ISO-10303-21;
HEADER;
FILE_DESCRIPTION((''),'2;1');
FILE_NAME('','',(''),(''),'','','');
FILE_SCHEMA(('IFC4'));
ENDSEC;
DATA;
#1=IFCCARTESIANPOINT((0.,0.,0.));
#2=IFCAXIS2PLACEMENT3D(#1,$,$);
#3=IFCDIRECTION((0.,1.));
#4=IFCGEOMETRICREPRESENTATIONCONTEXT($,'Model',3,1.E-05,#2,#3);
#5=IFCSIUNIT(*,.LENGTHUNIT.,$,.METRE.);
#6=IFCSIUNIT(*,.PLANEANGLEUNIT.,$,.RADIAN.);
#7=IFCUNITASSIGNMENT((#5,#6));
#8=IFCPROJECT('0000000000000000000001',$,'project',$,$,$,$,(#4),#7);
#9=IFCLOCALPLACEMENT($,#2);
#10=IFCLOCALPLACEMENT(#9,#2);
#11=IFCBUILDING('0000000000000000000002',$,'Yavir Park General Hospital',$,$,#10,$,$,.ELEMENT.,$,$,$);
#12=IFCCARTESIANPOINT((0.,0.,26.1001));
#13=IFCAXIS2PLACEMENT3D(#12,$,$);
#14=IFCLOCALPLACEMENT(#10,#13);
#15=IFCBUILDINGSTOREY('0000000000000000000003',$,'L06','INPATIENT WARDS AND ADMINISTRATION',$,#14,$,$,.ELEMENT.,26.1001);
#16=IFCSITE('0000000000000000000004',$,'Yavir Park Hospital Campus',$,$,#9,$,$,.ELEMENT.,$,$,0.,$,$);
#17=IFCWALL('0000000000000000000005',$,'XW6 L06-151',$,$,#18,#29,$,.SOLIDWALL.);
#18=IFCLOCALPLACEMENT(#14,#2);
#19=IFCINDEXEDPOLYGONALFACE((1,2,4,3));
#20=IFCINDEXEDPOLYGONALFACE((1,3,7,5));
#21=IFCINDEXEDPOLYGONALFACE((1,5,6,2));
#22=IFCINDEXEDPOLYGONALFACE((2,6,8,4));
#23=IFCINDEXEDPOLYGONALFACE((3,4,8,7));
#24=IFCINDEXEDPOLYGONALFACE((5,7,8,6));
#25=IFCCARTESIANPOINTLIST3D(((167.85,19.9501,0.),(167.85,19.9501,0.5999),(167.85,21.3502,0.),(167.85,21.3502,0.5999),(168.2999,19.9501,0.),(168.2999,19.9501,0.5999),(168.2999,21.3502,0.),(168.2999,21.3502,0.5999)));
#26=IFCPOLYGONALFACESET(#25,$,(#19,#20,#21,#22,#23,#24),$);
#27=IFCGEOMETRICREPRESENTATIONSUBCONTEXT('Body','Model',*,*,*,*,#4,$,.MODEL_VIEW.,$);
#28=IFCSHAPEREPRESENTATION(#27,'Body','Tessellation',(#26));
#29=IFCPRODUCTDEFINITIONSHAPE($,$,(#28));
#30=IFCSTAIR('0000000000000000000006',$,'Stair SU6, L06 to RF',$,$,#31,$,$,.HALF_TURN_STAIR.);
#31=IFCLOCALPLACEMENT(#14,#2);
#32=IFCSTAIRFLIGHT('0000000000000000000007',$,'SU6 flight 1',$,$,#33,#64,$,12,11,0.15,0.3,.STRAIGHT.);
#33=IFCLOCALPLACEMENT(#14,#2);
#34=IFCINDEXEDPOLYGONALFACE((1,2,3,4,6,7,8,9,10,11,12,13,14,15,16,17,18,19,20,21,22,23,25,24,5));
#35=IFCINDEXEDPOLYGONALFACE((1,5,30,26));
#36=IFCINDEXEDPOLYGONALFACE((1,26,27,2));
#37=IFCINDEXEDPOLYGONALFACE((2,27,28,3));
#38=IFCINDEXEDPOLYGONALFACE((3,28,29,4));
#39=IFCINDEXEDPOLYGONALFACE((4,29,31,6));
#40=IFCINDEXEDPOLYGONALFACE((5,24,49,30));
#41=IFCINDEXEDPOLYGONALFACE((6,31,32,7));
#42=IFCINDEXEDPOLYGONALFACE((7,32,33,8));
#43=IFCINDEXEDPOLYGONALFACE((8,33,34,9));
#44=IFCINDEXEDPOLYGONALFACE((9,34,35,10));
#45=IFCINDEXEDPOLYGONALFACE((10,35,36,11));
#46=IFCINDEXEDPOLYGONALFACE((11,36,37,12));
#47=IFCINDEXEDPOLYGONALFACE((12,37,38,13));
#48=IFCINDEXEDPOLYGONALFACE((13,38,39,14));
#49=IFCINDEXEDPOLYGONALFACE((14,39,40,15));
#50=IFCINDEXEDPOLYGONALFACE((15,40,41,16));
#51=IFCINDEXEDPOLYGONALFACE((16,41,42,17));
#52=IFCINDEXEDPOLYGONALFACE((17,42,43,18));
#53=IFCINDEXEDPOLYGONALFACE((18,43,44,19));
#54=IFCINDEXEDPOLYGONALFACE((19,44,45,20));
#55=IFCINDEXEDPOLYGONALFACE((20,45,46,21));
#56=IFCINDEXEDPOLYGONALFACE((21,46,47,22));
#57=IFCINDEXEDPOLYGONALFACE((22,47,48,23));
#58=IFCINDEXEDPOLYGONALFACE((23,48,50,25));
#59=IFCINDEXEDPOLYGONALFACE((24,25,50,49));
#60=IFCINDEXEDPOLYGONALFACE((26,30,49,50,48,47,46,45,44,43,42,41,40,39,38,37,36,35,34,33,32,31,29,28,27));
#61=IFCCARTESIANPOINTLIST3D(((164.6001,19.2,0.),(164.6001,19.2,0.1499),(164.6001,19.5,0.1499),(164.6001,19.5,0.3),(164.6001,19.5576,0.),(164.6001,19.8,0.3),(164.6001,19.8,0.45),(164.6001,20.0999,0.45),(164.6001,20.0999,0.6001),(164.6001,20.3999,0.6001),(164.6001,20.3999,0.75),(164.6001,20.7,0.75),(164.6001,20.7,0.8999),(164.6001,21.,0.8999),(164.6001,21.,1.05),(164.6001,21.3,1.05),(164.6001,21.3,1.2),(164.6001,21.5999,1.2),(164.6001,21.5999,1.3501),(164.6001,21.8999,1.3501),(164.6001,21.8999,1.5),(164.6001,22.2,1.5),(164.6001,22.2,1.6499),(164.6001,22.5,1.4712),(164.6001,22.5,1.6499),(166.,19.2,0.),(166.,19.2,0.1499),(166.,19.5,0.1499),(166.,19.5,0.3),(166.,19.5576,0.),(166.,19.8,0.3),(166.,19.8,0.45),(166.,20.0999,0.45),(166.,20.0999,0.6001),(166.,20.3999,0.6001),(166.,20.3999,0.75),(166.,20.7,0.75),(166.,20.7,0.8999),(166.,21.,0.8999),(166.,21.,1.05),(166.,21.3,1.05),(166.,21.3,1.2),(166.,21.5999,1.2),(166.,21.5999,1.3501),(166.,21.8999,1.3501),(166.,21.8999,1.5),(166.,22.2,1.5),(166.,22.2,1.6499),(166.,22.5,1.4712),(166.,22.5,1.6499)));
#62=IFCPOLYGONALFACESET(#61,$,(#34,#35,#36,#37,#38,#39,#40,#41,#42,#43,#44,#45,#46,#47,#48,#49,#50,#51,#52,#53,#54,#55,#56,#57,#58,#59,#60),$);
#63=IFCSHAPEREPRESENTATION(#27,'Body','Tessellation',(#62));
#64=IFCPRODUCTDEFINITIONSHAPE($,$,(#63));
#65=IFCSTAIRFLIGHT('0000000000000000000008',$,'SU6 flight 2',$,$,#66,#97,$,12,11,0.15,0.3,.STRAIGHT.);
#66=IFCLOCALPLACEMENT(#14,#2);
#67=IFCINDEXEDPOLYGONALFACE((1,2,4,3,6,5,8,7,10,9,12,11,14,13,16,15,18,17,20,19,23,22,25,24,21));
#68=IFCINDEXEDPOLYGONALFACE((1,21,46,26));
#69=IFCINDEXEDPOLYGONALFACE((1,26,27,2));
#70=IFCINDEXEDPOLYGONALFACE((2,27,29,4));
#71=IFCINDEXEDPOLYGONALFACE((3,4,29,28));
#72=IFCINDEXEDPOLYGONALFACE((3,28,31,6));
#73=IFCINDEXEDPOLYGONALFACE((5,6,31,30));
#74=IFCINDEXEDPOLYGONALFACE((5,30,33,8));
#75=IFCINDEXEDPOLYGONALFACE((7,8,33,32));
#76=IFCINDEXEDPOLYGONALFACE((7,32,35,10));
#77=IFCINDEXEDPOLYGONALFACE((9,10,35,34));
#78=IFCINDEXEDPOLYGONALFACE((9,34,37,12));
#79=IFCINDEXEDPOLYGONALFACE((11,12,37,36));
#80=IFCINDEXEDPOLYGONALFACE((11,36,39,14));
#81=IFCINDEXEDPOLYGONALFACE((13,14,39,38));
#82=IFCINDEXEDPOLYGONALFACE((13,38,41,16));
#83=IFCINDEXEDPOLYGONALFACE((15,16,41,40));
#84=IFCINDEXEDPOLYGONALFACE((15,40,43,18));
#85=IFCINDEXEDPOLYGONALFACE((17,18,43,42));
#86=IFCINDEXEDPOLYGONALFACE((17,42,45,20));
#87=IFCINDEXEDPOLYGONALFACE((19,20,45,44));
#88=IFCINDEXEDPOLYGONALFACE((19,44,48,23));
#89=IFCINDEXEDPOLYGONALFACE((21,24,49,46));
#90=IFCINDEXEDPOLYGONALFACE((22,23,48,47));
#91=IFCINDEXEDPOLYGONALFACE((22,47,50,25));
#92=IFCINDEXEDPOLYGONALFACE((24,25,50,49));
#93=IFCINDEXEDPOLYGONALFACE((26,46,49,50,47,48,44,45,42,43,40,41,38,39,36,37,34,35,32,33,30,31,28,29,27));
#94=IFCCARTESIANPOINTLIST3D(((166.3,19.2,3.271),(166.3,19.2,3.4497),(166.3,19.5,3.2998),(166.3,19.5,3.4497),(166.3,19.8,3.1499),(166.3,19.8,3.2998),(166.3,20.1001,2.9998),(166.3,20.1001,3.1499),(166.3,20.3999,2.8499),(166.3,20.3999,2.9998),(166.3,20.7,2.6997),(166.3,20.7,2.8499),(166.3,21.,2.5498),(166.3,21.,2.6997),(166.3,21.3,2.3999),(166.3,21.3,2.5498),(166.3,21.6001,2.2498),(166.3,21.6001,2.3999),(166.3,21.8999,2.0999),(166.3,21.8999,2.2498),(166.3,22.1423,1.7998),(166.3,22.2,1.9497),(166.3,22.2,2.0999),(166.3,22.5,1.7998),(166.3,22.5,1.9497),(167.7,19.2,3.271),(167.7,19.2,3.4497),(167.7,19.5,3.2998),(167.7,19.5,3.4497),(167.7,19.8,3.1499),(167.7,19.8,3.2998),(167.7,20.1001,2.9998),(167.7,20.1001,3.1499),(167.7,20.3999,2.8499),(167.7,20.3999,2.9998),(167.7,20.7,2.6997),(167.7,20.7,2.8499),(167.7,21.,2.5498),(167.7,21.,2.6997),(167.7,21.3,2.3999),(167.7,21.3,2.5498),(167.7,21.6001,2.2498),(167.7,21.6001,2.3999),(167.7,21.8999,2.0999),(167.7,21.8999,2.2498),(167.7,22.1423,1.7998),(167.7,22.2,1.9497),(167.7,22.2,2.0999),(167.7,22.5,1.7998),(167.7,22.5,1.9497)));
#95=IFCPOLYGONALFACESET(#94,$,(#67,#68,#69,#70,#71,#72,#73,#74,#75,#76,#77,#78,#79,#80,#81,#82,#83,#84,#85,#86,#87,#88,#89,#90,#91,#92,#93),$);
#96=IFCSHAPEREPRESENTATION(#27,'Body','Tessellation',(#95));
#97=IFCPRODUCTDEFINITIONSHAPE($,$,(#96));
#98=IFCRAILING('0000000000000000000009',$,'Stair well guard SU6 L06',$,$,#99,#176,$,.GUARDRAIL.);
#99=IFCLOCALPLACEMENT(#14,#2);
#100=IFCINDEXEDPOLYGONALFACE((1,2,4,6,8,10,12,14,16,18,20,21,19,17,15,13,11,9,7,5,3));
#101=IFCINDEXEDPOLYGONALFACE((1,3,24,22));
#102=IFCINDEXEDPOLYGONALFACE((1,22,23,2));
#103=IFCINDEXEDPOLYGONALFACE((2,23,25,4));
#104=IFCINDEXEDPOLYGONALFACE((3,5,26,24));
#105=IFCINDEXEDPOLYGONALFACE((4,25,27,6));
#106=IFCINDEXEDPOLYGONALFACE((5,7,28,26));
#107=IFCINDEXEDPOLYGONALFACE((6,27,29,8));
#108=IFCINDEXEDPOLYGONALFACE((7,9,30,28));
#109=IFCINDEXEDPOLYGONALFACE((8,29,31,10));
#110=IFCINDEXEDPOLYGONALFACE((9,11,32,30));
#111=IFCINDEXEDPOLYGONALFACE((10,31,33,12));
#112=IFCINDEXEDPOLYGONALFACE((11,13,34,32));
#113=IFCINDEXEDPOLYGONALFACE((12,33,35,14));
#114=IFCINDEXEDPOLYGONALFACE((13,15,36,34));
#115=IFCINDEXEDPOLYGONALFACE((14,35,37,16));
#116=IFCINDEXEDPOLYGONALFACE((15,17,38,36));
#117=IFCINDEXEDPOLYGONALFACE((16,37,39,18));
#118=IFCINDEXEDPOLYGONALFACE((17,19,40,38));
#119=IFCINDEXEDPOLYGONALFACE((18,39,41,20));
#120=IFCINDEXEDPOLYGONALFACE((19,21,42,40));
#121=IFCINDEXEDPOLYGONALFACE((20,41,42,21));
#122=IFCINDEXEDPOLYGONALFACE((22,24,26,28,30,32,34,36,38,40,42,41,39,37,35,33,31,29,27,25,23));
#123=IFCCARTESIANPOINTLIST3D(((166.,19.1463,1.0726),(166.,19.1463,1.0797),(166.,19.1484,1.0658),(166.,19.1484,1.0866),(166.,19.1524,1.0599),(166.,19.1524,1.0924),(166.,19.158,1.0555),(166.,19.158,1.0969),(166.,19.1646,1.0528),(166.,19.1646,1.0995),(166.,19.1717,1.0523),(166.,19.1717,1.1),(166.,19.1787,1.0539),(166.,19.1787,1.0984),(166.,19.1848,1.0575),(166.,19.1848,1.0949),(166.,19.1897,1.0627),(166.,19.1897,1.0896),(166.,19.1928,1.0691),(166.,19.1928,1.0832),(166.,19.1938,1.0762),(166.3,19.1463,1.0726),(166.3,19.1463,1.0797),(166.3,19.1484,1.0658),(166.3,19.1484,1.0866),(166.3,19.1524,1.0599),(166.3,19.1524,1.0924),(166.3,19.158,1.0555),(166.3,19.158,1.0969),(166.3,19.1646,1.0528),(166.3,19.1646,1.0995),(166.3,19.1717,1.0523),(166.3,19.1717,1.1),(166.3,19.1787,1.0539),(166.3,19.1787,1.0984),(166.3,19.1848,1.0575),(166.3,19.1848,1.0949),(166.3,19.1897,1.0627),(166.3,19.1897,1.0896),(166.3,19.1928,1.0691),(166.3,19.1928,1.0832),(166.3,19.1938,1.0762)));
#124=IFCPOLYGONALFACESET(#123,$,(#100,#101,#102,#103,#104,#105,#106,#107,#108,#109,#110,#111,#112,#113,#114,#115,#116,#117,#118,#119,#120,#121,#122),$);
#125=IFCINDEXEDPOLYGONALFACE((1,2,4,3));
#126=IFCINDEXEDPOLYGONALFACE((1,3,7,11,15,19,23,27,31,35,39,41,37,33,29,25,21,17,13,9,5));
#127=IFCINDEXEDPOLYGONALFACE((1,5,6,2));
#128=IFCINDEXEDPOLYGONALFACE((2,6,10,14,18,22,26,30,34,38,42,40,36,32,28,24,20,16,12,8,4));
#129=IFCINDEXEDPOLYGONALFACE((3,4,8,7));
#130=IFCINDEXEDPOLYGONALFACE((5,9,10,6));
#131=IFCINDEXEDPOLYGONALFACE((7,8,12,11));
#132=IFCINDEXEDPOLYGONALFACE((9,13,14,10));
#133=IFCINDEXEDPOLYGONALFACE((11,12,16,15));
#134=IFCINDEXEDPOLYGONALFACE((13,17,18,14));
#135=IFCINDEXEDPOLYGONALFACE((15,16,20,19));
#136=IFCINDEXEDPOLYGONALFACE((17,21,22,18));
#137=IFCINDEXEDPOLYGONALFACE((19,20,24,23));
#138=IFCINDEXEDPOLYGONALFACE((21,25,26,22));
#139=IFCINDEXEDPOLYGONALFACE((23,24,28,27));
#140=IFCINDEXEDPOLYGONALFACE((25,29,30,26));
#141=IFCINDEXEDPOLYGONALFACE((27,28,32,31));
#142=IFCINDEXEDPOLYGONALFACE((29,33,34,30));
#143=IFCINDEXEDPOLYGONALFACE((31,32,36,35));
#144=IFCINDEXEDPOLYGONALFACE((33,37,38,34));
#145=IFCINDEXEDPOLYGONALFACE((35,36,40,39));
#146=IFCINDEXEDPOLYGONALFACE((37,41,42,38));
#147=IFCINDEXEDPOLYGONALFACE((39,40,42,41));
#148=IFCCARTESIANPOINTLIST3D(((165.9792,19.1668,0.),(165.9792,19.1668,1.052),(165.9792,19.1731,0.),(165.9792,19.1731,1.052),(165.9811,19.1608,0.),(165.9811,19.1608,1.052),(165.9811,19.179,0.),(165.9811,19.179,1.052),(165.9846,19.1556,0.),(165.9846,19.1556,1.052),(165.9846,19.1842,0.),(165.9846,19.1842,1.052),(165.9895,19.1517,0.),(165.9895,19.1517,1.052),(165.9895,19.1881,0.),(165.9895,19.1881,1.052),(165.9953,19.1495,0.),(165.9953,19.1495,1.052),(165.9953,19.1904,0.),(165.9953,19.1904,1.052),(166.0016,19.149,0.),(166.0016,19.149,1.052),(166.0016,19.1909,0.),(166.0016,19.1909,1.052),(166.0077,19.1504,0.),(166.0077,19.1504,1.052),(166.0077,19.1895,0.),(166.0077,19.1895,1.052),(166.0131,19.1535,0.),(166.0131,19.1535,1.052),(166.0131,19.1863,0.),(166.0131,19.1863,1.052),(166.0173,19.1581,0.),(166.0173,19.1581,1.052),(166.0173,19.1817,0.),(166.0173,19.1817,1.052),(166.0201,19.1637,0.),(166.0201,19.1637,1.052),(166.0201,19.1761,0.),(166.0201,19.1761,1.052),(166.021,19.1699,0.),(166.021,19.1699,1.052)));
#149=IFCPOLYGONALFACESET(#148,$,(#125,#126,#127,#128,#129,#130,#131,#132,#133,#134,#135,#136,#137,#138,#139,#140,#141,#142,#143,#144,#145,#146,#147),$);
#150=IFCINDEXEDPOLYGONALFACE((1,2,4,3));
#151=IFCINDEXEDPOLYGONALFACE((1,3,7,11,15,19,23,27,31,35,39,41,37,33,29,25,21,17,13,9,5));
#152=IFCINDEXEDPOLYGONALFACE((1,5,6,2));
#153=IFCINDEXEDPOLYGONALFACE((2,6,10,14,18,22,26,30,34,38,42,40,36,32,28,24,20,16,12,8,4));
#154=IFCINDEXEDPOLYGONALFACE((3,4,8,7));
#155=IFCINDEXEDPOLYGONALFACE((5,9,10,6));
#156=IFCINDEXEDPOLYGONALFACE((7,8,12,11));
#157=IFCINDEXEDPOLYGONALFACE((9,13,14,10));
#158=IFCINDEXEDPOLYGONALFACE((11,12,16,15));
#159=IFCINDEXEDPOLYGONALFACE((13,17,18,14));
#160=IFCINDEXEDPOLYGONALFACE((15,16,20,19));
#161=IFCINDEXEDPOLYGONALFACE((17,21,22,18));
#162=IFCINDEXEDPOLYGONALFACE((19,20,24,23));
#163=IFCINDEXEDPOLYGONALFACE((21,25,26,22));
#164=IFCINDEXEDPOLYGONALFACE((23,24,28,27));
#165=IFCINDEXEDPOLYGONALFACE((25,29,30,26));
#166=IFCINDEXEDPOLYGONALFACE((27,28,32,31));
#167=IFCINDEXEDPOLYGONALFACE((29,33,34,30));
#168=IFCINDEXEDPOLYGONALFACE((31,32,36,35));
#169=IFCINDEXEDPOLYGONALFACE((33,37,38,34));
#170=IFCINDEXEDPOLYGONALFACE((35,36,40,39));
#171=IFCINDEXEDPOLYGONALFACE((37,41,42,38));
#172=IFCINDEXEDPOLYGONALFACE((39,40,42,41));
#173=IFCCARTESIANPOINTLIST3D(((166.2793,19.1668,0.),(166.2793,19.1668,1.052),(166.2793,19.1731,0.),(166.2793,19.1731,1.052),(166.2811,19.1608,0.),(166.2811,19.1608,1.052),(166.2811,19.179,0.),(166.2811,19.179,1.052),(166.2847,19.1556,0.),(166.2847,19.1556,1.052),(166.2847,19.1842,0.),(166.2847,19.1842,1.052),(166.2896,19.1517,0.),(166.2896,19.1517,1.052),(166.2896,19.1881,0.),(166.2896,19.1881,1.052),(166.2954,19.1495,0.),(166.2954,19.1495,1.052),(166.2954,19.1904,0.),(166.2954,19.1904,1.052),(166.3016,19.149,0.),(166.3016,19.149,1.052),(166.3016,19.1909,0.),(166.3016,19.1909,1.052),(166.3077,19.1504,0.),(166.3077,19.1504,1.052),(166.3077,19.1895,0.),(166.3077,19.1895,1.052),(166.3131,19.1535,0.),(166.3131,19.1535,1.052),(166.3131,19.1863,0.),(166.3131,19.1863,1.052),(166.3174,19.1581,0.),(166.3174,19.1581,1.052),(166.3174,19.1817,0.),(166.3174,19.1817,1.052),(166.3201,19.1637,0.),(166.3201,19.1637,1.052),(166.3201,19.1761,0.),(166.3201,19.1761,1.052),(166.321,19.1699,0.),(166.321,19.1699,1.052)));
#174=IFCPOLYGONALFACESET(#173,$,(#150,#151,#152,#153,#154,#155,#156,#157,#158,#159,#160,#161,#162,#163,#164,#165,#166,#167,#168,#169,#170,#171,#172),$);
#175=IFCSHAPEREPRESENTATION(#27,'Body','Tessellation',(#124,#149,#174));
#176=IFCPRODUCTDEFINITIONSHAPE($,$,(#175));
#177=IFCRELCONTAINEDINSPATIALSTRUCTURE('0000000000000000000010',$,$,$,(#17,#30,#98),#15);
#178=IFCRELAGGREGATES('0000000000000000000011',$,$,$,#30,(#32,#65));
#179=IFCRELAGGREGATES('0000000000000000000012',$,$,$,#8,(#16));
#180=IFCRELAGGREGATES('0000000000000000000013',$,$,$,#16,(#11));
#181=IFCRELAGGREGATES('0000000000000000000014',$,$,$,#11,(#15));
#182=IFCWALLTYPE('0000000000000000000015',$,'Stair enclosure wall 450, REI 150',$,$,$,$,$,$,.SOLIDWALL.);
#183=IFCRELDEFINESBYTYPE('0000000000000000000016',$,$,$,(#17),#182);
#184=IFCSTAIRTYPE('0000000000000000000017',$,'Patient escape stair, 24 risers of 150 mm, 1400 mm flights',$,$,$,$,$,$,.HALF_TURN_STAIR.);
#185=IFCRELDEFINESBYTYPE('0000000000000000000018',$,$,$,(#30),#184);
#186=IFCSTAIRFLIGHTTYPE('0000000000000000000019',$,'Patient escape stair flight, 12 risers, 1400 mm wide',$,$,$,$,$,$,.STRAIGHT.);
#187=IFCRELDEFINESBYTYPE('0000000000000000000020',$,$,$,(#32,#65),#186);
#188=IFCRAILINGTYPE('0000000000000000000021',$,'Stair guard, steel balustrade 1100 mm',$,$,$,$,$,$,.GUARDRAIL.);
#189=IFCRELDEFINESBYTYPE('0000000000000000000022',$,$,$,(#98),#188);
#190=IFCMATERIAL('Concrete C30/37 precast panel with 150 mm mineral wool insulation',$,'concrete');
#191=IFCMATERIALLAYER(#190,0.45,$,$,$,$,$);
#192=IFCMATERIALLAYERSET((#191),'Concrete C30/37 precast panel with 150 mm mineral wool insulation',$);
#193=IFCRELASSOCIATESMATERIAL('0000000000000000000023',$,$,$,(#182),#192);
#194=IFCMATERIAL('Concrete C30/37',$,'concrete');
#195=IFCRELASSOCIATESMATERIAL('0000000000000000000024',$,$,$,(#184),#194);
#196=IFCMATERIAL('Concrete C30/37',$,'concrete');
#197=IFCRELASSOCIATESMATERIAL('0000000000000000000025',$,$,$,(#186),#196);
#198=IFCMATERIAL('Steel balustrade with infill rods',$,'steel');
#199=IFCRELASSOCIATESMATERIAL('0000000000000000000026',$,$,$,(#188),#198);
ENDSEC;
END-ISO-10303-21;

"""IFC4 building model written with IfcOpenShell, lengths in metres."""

from ifc_helpers import new_model, si_unit, direction, frame, frame_2d, origin, origin_2d, place, context, subcontext, project, spatial, polyline, rectangle, circle, outline, extrude, material, layer, layer_set, type_object, element, aggregate, save


model = new_model("IFC4")

# Units and contexts
model_context = context("Model", 3, precision=1e-05, world=origin(), true_north=direction((0.0, 1.0)))
body_context = subcontext(model_context, "Body", "Model", "MODEL_VIEW")
ifc_project = project(units=[si_unit("LENGTHUNIT", "METRE"), si_unit("PLANEANGLEUNIT", "RADIAN")], contexts=[model_context])

# Site, building, storey
site_placement = place(None, origin())
site = spatial("IfcSite", under=ifc_project, at=site_placement, Name="Yavir Park Hospital Campus", CompositionType="ELEMENT", RefElevation=0.0)
building_placement = place(site_placement, origin())
building = spatial("IfcBuilding", under=site, at=building_placement, Name="Yavir Park General Hospital", CompositionType="ELEMENT")
storey_placement = place(building_placement, frame((0.0, 0.0, 26.1001)))
storey = spatial("IfcBuildingStorey", under=building, at=storey_placement, Name="L06", Description="INPATIENT WARDS AND ADMINISTRATION", CompositionType="ELEMENT", Elevation=26.1001)

# Wall
ifc_material_1 = material(Name="Concrete C30/37 precast panel with 150 mm mineral wool insulation", Category="concrete")
ifc_layer_1 = layer(ifc_material_1, 0.45)
ifc_layer_set_1 = layer_set([ifc_layer_1], Name="Concrete C30/37 precast panel with 150 mm mineral wool insulation")
wall_type_1 = type_object("IfcWallType", Name="Stair enclosure wall 450, REI 150", PredefinedType="SOLIDWALL", material=ifc_layer_set_1)
wall_1_placement = place(storey_placement, frame((168.075, 19.95, 0.0), z_axis=(0.0, 0.0, 1.0), x_axis=(0.0, 1.0, 0.0)))
element("IfcWall", 1, at=wall_1_placement, inside=storey, type_object=wall_type_1, Name="XW6 L06-151", PredefinedType="SOLIDWALL", context=body_context, shape_type="SweptSolid", body=[
    extrude(rectangle(XDim=1.4001, YDim=0.45, at=frame_2d((0.7002, 0.0))), origin(), (0.0, 0.0, 1.0), 0.5999),
])

# Stair, stair flights
ifc_material_2 = material(Name="Concrete C30/37", Category="concrete")
stair_type = type_object("IfcStairType", Name="Patient escape stair, 24 risers of 150 mm, 1400 mm flights", PredefinedType="HALF_TURN_STAIR", material=ifc_material_2)
stair_placement = place(storey_placement, origin())
stair = element("IfcStair", 2, at=stair_placement, inside=storey, type_object=stair_type, Name="Stair SU6, L06 to RF", PredefinedType="HALF_TURN_STAIR")
ifc_material_3 = material(Name="Concrete C30/37", Category="concrete")
stair_flight_type = type_object("IfcStairFlightType", Name="Patient escape stair flight, 12 risers, 1400 mm wide", PredefinedType="STRAIGHT", material=ifc_material_3)
stair_flight_1_placement = place(storey_placement, frame((165.3, 19.2, 0.0), z_axis=(0.0, 0.0, 1.0), x_axis=(0.0, 1.0, 0.0)))
stair_flight_1 = element("IfcStairFlight", 3, at=stair_flight_1_placement, type_object=stair_flight_type, Name="SU6 flight 1", NumberOfRisers=12, NumberOfTreads=11, PredefinedType="STRAIGHT", RiserHeight=0.15, TreadLength=0.3, context=body_context, shape_type="SweptSolid", body=[
    extrude(outline(polyline([(0.0, 0.0), (0.0, 0.1499), (0.3, 0.1499), (0.3, 0.3), (0.6001, 0.3), (0.6001, 0.45), (0.8999, 0.45), (0.8999, 0.6001), (1.2, 0.6001), (1.2, 0.75), (1.5, 0.75), (1.5, 0.8999), (1.8, 0.8999), (1.8, 1.05), (2.1001, 1.05), (2.1001, 1.2), (2.3999, 1.2), (2.3999, 1.3501), (2.7, 1.3501), (2.7, 1.5), (3.0, 1.5), (3.0, 1.6499), (3.3, 1.6499), (3.3, 1.8), (3.3, 1.4712), (0.3577, 0.0), (0.0, 0.0)])), frame((0.0, 0.7, 0.0), z_axis=(0.0, -1.0, 0.0), x_axis=(1.0, 0.0, 0.0)), (0.0, 0.0, 1.0), 1.3999),
])
stair_flight_2_placement = place(storey_placement, frame((167.0, 22.5, 1.7998), z_axis=(0.0, 0.0, 1.0), x_axis=(0.0, -1.0, 0.0)))
stair_flight_2 = element("IfcStairFlight", 4, at=stair_flight_2_placement, type_object=stair_flight_type, Name="SU6 flight 2", NumberOfRisers=12, NumberOfTreads=11, PredefinedType="STRAIGHT", RiserHeight=0.15, TreadLength=0.3, context=body_context, shape_type="SweptSolid", body=[
    extrude(outline(polyline([(0.0, 0.0), (0.0, 0.1499), (0.3, 0.1499), (0.3, 0.3), (0.6001, 0.3), (0.6001, 0.45), (0.8999, 0.45), (0.8999, 0.6001), (1.2, 0.6001), (1.2, 0.75), (1.5, 0.75), (1.5, 0.8999), (1.8, 0.8999), (1.8, 1.05), (2.1001, 1.05), (2.1001, 1.2), (2.3999, 1.2), (2.3999, 1.3501), (2.7, 1.3501), (2.7, 1.5), (3.0, 1.5), (3.0, 1.6499), (3.3, 1.6499), (3.3, 1.8), (3.3, 1.4712), (0.3577, 0.0), (0.0, 0.0)])), frame((0.0, 0.7, 0.0), z_axis=(0.0, -1.0, 0.0), x_axis=(1.0, 0.0, 0.0)), (0.0, 0.0, 1.0), 1.3999),
])
aggregate(stair, [stair_flight_1, stair_flight_2])

# Railing
ifc_material_4 = material(Name="Steel balustrade with infill rods", Category="steel")
railing_type_1 = type_object("IfcRailingType", Name="Stair guard, steel balustrade 1100 mm", PredefinedType="GUARDRAIL", material=ifc_material_4)
railing_placement = place(storey_placement, frame((166.0, 19.1699, 0.0)))
element("IfcRailing", 5, at=railing_placement, inside=storey, type_object=railing_type_1, Name="Stair well guard SU6 L06", PredefinedType="GUARDRAIL", context=body_context, shape_type="SweptSolid", body=[
    extrude(circle(Radius=0.0239, at=origin_2d()), frame((0.0, 0.0, 1.0762), z_axis=(1.0, 0.0, 0.0), x_axis=(0.0, 1.0, 0.0)), (0.0, 0.0, 1.0), 0.3),
    extrude(circle(Radius=0.021, at=origin_2d()), origin(), (0.0, 0.0, 1.0), 1.052),
    extrude(circle(Radius=0.021, at=origin_2d()), frame((0.3, 0.0, 0.0)), (0.0, 0.0, 1.0), 1.052),
])

save(model, "model.ifc")
